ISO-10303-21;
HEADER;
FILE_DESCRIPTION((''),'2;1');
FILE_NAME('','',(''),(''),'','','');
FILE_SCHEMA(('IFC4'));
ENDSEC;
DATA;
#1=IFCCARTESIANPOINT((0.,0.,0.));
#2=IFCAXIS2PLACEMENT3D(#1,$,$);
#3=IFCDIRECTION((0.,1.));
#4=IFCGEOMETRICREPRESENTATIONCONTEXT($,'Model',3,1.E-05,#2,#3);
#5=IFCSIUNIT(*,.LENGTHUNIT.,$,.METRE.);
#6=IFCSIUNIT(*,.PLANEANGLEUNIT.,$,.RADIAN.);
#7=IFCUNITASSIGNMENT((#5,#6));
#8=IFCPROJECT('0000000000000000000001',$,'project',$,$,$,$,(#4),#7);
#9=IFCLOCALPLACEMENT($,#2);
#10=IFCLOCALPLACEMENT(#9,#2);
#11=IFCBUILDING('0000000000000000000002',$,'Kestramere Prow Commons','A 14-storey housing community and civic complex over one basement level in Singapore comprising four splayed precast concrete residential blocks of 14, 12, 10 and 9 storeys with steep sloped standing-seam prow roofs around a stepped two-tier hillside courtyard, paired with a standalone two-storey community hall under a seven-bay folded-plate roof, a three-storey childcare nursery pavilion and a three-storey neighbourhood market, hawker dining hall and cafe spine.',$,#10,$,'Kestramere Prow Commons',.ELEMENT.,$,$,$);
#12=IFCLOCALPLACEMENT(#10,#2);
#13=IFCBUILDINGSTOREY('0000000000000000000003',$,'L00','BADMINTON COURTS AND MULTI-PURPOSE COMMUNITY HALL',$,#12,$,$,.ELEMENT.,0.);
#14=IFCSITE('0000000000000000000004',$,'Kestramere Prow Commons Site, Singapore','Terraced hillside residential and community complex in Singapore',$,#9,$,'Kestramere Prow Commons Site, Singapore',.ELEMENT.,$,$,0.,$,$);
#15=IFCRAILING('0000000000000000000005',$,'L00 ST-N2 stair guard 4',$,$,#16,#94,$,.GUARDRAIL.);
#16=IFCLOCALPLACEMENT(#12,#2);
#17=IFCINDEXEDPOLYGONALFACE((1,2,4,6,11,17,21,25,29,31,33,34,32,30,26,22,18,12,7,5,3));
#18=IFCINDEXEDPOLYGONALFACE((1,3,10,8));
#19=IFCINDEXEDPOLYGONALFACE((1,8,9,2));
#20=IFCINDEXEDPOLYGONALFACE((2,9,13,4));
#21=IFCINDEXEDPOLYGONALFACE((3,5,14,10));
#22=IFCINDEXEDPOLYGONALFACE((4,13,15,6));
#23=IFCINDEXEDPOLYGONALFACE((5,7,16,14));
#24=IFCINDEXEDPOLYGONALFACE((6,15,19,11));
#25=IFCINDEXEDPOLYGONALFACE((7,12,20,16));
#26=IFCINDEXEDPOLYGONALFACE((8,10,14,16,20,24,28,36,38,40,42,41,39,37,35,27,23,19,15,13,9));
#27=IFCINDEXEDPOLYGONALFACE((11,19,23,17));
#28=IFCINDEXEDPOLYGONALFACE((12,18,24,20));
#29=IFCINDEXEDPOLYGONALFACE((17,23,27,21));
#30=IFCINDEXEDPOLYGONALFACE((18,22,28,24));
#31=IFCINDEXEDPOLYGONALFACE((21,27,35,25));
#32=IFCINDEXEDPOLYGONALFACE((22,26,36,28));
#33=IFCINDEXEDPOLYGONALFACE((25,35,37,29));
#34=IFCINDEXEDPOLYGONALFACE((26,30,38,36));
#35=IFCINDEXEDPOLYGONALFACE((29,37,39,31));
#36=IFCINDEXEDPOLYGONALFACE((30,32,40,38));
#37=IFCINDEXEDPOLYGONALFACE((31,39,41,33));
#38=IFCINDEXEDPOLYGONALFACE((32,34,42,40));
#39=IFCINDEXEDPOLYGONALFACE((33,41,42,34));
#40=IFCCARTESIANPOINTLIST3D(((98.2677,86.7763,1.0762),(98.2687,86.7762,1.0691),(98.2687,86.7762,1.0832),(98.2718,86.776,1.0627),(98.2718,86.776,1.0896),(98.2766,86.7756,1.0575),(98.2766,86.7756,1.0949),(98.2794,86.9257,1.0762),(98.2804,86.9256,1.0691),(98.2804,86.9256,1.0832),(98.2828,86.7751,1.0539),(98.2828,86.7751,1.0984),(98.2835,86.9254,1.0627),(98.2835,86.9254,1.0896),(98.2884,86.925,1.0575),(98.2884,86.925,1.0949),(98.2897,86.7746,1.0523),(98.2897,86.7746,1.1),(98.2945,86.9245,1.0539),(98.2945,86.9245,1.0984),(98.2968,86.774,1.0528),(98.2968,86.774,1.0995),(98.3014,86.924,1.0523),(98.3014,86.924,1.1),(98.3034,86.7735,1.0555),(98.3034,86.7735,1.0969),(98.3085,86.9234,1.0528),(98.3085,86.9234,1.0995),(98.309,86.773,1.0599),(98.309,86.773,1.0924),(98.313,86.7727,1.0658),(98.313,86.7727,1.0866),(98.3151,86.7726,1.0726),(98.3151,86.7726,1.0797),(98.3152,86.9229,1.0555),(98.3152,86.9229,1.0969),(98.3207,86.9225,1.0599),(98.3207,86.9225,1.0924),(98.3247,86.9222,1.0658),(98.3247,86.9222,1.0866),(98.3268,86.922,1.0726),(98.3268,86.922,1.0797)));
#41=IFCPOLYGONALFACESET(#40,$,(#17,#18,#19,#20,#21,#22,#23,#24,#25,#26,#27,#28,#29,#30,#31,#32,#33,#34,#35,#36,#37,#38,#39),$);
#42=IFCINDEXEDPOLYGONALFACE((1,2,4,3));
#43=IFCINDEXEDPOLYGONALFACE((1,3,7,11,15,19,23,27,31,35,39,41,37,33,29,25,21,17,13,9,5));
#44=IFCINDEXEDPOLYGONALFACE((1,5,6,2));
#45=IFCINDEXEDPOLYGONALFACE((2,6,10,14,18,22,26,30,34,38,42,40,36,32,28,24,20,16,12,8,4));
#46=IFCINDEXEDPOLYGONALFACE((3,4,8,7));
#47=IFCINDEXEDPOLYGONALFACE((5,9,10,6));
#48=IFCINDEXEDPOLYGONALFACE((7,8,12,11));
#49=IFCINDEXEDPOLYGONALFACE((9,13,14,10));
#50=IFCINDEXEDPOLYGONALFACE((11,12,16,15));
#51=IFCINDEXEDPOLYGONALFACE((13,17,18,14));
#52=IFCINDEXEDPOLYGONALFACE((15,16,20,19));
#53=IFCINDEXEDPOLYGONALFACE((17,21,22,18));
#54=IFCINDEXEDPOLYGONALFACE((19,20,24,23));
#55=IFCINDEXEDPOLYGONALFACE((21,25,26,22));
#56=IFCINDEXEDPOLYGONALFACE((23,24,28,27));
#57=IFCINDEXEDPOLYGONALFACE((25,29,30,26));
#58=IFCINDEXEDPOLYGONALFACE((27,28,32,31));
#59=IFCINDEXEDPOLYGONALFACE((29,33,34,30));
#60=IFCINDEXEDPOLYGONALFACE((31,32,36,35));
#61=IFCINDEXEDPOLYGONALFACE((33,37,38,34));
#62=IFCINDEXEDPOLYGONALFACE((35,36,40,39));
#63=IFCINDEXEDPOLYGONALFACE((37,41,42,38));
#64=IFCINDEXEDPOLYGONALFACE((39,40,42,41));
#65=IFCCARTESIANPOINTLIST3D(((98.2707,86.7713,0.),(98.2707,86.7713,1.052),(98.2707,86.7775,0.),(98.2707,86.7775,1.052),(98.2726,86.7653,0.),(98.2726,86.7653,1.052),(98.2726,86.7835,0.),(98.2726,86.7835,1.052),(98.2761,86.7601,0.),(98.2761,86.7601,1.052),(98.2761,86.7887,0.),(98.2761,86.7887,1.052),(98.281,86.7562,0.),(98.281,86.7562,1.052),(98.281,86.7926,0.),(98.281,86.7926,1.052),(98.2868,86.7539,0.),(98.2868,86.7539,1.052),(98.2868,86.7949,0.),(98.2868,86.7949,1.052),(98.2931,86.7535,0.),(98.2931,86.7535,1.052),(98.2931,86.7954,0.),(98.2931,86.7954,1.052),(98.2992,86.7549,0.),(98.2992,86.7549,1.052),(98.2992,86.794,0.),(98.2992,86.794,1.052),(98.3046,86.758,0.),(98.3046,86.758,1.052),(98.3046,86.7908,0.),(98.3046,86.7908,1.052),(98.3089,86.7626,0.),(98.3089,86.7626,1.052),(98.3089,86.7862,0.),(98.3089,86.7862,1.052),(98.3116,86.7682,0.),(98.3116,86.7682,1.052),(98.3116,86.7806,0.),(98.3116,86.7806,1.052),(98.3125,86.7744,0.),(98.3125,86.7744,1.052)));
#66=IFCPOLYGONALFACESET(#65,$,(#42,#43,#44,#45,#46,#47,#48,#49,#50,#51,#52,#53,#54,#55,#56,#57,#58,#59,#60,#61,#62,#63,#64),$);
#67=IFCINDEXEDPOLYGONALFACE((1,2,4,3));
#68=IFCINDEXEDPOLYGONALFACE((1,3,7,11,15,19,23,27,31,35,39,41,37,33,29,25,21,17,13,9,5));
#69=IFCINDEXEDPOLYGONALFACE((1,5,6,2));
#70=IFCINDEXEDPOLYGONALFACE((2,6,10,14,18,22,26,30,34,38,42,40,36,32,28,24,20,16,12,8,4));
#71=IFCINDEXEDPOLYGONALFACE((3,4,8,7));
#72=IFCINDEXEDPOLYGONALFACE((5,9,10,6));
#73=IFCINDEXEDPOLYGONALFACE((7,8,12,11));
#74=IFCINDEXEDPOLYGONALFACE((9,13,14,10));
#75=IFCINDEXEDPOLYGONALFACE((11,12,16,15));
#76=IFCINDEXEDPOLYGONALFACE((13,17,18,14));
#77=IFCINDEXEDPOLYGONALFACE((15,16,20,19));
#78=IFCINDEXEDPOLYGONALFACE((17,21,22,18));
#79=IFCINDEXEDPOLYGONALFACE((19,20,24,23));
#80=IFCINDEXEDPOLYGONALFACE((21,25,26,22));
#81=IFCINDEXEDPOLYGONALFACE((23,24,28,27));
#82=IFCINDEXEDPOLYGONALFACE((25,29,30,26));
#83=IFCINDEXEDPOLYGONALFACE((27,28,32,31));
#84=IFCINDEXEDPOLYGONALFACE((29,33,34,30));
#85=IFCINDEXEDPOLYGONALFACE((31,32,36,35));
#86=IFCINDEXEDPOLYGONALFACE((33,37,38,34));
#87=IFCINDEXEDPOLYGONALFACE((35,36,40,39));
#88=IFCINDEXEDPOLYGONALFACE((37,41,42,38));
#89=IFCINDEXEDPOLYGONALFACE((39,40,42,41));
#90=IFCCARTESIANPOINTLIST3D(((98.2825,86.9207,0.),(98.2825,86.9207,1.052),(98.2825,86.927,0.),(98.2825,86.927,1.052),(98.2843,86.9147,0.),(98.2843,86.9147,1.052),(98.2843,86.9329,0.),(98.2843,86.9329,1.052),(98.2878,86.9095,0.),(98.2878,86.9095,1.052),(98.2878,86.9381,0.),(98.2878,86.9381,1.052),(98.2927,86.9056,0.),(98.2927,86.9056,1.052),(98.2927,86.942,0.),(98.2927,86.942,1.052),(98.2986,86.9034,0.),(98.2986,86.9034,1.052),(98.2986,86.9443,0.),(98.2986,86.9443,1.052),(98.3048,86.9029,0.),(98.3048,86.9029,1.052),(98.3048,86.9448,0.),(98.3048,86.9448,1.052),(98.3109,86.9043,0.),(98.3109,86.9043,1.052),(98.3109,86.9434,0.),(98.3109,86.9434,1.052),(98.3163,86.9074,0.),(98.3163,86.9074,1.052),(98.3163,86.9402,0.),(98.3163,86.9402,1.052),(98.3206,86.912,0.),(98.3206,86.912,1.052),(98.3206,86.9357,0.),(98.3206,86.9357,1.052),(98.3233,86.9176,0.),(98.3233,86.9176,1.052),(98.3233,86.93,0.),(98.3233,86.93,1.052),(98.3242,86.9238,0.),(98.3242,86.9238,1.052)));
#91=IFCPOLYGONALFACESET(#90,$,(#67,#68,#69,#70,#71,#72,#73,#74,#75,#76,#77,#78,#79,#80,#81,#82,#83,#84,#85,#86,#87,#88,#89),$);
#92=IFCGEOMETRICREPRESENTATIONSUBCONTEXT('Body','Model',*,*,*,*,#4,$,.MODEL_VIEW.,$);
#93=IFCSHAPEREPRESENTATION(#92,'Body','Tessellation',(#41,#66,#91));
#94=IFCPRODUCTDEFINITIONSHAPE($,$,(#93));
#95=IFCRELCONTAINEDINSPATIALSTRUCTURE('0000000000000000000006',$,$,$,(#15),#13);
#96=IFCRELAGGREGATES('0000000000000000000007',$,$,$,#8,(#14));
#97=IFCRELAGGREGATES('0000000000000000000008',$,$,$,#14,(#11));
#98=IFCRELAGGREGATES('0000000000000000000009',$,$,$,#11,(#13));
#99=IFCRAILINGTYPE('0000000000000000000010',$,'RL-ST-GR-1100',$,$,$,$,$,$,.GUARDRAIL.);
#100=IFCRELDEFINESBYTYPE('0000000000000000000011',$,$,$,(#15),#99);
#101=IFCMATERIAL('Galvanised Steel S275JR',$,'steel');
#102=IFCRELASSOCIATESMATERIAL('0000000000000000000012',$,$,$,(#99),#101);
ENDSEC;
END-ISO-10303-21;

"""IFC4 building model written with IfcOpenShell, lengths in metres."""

from ifc_helpers import new_model, si_unit, direction, frame, origin, origin_2d, place, context, subcontext, project, spatial, circle, extrude, material, type_object, element, save


model = new_model("IFC4")

# Units and contexts
model_context = context("Model", 3, precision=1e-05, world=origin(), true_north=direction((0.0, 1.0)))
body_context = subcontext(model_context, "Body", "Model", "MODEL_VIEW")
ifc_project = project(units=[si_unit("LENGTHUNIT", "METRE"), si_unit("PLANEANGLEUNIT", "RADIAN")], contexts=[model_context])

# Site, building, storey
site_placement = place(None, origin())
site = spatial("IfcSite", under=ifc_project, at=site_placement, Name="Kestramere Prow Commons Site, Singapore", Description="Terraced hillside residential and community complex in Singapore", LongName="Kestramere Prow Commons Site, Singapore", CompositionType="ELEMENT", RefElevation=0.0)
building_placement = place(site_placement, origin())
building = spatial("IfcBuilding", under=site, at=building_placement, Name="Kestramere Prow Commons", Description="A 14-storey housing community and civic complex over one basement level in Singapore comprising four splayed precast concrete residential blocks of 14, 12, 10 and 9 storeys with steep sloped standing-seam prow roofs around a stepped two-tier hillside courtyard, paired with a standalone two-storey community hall under a seven-bay folded-plate roof, a three-storey childcare nursery pavilion and a three-storey neighbourhood market, hawker dining hall and cafe spine.", LongName="Kestramere Prow Commons", CompositionType="ELEMENT")
storey_placement = place(building_placement, origin())
storey = spatial("IfcBuildingStorey", under=building, at=storey_placement, Name="L00", Description="BADMINTON COURTS AND MULTI-PURPOSE COMMUNITY HALL", CompositionType="ELEMENT", Elevation=0.0)

# Railing
ifc_material_1 = material(Name="Galvanised Steel S275JR", Category="steel")
railing_type_1 = type_object("IfcRailingType", Name="RL-ST-GR-1100", PredefinedType="GUARDRAIL", material=ifc_material_1)
railing_1_placement = place(storey_placement, frame((98.2915, 86.7744, 0.0)))
element("IfcRailing", 1, at=railing_1_placement, inside=storey, type_object=railing_type_1, Name="L00 ST-N2 stair guard 4", PredefinedType="GUARDRAIL", context=body_context, shape_type="SweptSolid", body=[
    extrude(circle(Radius=0.0239, at=origin_2d()), frame((0.0, 0.0, 1.0762), z_axis=(0.078191, 0.996938, 0.0), x_axis=(-0.996938, 0.078191, 0.0)), (0.0, 0.0, 1.0), 0.1499),
    extrude(circle(Radius=0.021, at=origin_2d()), origin(), (0.0, 0.0, 1.0), 1.052),
    extrude(circle(Radius=0.021, at=origin_2d()), frame((0.0117, 0.1494, 0.0)), (0.0, 0.0, 1.0), 1.052),
])

save(model, "model.ifc")
